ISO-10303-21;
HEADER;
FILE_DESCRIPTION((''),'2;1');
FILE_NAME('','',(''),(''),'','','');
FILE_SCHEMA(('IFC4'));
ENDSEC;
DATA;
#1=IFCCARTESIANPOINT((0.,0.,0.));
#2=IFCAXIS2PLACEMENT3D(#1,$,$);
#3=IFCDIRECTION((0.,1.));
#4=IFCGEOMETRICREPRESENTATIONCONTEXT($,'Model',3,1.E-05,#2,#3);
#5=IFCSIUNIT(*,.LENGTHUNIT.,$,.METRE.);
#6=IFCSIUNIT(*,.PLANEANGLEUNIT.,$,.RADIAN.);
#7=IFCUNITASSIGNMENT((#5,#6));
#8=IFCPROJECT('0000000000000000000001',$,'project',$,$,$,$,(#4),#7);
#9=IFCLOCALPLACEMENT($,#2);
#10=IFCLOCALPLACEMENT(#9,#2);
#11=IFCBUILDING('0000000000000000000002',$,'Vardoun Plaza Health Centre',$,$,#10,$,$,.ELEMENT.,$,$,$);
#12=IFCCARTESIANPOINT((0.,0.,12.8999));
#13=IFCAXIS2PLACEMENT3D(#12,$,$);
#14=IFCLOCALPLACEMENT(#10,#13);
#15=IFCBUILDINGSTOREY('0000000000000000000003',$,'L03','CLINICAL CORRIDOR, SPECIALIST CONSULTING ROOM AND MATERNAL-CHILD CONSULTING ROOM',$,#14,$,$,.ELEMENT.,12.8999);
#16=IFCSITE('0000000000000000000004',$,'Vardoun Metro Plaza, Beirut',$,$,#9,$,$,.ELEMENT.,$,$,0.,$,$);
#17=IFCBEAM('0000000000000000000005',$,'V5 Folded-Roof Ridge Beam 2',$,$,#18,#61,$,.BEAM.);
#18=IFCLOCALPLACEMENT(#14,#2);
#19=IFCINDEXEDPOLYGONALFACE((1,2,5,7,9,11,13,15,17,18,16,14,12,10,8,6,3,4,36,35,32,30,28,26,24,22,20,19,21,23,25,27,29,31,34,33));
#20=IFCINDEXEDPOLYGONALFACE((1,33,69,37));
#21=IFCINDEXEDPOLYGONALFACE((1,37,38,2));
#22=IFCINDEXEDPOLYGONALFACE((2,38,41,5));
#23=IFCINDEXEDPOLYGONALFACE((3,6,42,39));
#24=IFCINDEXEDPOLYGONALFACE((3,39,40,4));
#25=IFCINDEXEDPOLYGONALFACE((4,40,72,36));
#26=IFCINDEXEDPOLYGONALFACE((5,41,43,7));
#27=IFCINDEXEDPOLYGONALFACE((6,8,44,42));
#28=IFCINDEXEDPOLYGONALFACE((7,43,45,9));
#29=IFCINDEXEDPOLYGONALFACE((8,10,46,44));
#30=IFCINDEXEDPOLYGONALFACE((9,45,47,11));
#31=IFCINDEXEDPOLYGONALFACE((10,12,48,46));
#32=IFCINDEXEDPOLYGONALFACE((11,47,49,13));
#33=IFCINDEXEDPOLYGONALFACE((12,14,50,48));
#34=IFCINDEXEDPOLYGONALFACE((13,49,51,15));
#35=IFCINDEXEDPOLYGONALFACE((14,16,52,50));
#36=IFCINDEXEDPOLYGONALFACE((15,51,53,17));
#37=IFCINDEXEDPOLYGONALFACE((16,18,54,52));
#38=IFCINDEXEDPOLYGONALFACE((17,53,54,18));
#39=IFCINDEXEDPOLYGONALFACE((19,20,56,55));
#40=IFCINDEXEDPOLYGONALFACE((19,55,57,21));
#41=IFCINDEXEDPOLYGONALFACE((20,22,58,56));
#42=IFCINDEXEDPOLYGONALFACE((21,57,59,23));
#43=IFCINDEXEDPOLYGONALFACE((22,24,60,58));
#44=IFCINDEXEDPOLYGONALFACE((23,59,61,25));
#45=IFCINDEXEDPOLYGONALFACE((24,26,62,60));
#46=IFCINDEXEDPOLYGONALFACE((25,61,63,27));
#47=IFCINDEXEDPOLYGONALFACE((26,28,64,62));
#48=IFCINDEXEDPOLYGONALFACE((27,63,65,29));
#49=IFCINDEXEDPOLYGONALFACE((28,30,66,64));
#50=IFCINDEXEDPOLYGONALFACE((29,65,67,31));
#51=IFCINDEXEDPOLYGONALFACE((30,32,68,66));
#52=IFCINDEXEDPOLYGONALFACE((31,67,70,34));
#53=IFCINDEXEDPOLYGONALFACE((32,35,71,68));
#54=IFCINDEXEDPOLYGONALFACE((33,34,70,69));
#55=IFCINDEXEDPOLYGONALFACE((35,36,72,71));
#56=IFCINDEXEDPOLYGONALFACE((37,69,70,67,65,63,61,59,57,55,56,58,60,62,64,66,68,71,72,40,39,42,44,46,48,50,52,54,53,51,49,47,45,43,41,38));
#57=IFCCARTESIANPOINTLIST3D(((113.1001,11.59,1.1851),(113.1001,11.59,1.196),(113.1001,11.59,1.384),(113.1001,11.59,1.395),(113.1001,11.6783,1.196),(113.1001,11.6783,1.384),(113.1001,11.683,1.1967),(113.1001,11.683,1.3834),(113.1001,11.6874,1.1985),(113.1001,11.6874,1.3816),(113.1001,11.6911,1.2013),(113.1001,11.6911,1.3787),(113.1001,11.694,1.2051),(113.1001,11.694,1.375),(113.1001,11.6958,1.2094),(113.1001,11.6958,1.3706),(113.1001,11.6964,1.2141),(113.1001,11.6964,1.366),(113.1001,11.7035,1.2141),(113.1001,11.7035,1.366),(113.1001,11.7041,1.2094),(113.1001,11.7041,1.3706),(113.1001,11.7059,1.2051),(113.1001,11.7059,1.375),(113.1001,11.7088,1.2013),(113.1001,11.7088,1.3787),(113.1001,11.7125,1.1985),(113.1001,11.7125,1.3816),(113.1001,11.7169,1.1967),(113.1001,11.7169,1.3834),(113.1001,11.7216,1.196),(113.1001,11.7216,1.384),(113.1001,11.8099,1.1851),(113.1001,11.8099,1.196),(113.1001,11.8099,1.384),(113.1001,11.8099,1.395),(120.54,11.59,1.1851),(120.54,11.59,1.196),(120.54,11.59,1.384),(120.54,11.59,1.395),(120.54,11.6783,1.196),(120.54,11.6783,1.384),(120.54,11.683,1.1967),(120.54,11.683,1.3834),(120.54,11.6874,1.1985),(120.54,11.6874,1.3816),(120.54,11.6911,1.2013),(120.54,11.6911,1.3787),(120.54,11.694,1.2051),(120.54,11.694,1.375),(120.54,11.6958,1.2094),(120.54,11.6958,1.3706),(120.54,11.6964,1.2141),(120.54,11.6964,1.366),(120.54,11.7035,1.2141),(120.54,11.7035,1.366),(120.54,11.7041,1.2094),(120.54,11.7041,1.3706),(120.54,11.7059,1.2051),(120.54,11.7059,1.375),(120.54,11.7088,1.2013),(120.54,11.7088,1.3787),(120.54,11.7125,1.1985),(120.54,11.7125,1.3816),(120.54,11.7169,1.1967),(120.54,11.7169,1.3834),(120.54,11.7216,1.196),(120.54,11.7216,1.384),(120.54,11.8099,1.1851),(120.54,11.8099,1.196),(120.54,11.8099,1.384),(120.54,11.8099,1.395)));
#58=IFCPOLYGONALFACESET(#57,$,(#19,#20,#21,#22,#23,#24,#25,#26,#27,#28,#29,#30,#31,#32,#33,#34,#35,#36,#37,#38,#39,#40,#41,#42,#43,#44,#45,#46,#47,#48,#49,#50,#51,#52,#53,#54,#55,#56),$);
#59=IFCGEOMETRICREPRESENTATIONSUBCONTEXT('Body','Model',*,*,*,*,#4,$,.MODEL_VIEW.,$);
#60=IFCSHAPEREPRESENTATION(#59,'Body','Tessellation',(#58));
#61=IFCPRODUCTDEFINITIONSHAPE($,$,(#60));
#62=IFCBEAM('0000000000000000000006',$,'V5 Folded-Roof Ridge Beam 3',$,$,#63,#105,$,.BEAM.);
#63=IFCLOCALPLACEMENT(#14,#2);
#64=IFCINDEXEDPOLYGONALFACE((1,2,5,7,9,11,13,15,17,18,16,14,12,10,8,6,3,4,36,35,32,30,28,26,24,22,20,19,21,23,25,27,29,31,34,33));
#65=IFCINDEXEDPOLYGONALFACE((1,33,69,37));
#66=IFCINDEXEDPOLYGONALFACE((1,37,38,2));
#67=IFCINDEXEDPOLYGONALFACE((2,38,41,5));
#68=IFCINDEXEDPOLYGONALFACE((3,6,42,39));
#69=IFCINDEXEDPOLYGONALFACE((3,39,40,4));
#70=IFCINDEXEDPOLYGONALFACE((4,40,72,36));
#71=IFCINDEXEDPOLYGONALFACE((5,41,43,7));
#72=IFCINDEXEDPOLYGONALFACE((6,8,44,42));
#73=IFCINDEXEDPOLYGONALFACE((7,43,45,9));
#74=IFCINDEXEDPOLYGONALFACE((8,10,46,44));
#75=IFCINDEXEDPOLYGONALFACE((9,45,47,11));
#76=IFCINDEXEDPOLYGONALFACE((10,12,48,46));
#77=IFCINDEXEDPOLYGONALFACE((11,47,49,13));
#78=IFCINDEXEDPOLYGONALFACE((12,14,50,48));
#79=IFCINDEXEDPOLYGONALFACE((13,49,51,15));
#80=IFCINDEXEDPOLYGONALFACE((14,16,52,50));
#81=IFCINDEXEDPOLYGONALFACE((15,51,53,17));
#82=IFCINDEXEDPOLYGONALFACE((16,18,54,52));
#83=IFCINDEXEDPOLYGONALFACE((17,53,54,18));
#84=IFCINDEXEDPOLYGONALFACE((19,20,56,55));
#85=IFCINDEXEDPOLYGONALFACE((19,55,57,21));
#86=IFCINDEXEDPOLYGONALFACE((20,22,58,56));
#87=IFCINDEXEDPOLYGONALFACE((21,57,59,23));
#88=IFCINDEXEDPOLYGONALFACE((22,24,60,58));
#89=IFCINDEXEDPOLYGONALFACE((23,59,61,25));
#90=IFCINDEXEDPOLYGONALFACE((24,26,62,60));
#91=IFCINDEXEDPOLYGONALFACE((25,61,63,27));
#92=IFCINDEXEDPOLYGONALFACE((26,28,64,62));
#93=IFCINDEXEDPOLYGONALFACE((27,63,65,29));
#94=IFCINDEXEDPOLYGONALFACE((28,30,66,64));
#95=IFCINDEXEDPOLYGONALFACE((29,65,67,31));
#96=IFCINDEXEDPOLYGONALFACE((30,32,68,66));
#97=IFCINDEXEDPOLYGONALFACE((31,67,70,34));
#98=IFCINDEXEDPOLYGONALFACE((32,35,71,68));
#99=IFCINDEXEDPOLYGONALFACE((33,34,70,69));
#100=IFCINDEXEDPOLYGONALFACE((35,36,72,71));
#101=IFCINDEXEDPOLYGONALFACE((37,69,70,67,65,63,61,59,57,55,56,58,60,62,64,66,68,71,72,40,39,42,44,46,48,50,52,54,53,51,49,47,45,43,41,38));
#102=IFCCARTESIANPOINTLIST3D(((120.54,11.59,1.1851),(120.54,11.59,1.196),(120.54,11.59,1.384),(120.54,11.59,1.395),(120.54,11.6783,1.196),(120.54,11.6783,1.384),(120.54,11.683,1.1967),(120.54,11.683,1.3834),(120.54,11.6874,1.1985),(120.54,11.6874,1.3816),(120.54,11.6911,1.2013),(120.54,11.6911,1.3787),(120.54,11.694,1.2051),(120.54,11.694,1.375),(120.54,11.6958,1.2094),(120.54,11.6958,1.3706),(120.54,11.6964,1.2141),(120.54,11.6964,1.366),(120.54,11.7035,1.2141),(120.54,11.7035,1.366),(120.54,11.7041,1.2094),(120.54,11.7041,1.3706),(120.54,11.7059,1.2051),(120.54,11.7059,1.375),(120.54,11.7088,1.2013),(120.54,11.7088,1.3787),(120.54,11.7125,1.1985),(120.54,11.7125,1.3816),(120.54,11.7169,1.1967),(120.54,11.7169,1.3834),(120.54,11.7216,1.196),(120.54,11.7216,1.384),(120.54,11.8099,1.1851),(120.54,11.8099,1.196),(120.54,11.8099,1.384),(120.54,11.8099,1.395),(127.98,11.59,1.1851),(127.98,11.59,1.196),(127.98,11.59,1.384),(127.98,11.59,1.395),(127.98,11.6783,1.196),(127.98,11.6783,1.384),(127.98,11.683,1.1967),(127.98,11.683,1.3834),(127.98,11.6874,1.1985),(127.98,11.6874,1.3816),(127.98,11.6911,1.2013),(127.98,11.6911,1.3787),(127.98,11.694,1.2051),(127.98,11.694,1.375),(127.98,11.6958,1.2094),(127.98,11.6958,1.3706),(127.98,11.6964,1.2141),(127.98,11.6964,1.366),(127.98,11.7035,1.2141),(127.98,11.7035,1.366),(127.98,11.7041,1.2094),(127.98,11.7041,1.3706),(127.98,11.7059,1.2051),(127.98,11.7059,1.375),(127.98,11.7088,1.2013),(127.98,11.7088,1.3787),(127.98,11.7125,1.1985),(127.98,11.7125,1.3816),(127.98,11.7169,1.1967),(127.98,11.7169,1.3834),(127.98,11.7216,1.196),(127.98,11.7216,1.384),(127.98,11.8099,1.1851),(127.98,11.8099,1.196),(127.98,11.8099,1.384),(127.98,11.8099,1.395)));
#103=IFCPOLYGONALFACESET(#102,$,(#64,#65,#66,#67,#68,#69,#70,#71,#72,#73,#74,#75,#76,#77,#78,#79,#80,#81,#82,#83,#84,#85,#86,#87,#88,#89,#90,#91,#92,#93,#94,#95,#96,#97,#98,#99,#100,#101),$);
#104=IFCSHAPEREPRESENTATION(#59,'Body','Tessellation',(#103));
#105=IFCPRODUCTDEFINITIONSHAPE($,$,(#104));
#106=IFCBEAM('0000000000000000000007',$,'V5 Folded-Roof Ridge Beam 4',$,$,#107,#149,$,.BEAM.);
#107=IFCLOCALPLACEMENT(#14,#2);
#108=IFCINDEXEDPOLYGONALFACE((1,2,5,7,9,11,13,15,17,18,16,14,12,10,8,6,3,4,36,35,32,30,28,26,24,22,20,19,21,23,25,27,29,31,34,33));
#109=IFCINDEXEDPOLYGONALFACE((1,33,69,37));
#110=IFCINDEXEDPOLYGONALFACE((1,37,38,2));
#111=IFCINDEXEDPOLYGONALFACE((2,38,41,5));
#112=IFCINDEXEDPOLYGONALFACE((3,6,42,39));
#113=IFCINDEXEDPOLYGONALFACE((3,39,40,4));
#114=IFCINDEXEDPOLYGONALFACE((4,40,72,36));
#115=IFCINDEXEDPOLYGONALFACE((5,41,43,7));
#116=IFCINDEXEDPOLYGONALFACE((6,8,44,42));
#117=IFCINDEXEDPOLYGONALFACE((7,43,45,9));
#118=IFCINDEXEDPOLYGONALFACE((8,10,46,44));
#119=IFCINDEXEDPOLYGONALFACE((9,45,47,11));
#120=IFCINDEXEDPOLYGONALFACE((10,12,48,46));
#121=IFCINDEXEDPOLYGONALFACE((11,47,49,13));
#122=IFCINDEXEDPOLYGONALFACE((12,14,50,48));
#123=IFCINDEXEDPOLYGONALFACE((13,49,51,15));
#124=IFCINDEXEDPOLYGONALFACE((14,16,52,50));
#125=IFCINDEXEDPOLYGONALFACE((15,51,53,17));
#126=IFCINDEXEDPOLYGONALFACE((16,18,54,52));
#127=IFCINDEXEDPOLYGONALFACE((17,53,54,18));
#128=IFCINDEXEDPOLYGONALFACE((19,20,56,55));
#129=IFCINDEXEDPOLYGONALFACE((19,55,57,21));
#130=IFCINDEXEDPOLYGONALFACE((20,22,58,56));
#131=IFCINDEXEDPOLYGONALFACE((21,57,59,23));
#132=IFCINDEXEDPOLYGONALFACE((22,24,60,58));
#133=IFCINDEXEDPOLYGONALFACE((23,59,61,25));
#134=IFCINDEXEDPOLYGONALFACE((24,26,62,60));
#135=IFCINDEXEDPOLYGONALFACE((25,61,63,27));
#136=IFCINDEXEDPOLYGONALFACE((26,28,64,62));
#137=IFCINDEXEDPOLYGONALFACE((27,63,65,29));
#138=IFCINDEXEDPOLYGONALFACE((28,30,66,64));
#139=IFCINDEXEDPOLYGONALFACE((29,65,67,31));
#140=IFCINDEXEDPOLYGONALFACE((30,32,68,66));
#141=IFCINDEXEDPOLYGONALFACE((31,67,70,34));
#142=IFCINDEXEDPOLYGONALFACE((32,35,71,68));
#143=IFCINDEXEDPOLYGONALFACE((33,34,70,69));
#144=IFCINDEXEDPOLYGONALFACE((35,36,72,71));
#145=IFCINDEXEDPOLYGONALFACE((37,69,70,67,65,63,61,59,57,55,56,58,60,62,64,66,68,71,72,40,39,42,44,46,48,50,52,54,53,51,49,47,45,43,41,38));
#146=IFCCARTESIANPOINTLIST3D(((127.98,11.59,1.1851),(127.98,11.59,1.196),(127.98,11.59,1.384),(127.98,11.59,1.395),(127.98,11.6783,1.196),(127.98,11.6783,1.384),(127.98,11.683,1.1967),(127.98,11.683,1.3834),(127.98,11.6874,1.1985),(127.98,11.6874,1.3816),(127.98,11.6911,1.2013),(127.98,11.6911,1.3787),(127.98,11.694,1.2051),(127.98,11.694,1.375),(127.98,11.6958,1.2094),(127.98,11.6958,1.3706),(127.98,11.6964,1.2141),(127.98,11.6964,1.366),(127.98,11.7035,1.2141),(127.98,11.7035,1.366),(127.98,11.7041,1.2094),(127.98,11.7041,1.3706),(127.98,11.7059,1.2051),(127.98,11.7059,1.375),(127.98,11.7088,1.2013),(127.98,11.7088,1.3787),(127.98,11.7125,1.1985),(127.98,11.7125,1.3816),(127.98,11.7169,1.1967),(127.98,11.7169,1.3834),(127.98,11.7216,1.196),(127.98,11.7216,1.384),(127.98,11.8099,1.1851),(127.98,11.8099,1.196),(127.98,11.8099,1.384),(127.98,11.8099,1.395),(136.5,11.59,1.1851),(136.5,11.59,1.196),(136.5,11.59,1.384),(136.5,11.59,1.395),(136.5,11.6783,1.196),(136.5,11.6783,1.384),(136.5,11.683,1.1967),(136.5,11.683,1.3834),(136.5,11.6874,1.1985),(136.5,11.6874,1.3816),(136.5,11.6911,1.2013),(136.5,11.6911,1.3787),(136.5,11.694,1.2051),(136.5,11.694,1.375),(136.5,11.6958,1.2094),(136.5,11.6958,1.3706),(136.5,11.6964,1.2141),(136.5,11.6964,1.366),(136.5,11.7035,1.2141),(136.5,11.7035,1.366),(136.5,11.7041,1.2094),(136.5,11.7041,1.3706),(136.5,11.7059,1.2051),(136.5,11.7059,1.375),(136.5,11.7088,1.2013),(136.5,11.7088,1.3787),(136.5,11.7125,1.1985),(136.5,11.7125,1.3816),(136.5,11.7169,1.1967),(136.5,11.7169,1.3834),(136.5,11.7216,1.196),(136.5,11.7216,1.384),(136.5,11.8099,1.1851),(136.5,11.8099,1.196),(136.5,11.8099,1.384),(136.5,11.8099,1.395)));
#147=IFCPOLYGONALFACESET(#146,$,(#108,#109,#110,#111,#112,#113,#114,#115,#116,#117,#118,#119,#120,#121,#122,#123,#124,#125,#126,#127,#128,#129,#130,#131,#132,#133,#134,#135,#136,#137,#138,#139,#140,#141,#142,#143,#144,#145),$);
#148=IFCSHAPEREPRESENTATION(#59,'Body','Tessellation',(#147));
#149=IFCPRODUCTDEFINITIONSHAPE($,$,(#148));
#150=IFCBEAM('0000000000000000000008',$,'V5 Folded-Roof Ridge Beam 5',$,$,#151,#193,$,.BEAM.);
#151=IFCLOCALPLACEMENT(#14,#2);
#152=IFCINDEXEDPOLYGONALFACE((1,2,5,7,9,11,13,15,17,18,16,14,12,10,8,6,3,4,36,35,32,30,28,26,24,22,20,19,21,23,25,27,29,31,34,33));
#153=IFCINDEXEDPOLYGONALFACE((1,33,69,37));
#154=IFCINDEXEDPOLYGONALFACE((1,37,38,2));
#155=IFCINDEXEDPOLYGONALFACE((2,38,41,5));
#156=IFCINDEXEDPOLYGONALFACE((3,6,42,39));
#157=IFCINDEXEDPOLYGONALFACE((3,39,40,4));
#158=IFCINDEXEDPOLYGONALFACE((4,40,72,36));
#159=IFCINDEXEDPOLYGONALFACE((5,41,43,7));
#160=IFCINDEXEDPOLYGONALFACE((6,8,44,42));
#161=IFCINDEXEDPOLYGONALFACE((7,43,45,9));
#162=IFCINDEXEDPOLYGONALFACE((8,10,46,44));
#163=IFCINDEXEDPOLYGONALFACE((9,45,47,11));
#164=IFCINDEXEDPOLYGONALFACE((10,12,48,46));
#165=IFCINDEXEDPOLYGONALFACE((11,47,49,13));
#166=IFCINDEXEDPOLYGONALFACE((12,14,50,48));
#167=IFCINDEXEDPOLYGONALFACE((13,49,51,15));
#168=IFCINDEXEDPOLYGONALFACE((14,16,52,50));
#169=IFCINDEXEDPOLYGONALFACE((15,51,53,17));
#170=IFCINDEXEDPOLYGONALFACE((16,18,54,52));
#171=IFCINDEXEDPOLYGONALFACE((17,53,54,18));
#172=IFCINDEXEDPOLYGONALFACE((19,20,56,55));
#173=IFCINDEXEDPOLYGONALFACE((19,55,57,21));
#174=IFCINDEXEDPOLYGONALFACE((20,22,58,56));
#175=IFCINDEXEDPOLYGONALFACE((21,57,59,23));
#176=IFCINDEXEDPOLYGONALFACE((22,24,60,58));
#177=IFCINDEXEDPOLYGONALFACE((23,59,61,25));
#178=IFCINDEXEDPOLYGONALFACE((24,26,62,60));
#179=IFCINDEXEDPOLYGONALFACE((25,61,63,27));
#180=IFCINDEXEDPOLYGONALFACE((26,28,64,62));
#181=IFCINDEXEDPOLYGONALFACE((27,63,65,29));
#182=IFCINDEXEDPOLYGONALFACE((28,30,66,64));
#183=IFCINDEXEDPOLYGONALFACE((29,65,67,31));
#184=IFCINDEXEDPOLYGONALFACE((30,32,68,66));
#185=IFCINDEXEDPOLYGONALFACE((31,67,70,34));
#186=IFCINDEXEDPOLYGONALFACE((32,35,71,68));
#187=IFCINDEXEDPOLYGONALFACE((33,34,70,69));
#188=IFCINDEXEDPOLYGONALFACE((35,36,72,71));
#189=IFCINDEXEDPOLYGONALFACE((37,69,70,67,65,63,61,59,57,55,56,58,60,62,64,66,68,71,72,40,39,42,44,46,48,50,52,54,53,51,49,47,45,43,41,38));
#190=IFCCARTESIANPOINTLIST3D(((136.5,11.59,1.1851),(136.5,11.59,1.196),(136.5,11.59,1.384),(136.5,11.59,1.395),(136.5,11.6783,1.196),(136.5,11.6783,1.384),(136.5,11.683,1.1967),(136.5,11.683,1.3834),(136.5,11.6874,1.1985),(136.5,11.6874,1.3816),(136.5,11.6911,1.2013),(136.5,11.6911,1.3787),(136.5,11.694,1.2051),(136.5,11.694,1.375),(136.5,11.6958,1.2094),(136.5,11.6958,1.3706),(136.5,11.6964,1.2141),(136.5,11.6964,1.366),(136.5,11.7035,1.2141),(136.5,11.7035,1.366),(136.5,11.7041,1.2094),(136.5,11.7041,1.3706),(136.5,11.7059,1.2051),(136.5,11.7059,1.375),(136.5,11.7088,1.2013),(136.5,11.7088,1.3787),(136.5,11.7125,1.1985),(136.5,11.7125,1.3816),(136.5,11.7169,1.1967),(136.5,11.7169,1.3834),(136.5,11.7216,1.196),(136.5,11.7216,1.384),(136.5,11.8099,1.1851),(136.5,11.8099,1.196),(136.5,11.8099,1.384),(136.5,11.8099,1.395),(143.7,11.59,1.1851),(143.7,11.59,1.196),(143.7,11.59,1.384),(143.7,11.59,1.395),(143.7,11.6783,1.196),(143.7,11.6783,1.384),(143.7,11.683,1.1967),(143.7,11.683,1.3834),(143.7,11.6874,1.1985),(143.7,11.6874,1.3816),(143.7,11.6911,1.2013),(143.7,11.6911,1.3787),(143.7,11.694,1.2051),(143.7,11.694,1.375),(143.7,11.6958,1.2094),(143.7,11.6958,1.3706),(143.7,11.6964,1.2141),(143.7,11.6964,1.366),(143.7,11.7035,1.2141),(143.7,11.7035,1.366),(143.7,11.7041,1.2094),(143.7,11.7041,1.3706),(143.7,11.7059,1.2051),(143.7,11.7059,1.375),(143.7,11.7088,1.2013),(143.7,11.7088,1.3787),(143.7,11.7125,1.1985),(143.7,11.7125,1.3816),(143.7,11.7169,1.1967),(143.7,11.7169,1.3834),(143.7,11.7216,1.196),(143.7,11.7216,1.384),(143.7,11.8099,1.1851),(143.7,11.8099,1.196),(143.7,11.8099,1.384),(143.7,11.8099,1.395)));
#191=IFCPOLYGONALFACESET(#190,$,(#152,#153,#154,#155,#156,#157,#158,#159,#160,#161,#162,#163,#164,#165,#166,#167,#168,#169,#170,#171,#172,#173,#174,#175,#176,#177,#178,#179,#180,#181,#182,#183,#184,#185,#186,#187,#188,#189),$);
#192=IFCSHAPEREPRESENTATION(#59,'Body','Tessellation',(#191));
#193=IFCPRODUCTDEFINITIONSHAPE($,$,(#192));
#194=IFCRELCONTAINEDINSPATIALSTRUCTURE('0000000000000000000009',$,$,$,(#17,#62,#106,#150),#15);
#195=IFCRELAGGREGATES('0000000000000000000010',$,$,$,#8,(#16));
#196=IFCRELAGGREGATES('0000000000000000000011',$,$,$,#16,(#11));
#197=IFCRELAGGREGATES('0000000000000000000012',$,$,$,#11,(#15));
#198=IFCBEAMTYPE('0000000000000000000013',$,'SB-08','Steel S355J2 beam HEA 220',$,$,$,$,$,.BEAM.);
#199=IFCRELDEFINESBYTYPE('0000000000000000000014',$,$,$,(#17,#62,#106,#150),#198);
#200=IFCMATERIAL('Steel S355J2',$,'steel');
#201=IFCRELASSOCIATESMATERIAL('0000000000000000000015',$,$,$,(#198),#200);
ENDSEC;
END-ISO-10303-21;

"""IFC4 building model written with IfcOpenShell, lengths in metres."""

from ifc_helpers import new_model, si_unit, direction, frame, origin, origin_2d, place, context, subcontext, project, spatial, i_section, extrude, material, material_profile, profile_set, type_object, element, save


model = new_model("IFC4")

# Units and contexts
model_context = context("Model", 3, precision=1e-05, world=origin(), true_north=direction((0.0, 1.0)))
body_context = subcontext(model_context, "Body", "Model", "MODEL_VIEW")
ifc_project = project(units=[si_unit("LENGTHUNIT", "METRE"), si_unit("PLANEANGLEUNIT", "RADIAN")], contexts=[model_context])

# Site, building, storey
site_placement = place(None, origin())
site = spatial("IfcSite", under=ifc_project, at=site_placement, Name="Vardoun Metro Plaza, Beirut", CompositionType="ELEMENT", RefElevation=0.0)
building_placement = place(site_placement, origin())
building = spatial("IfcBuilding", under=site, at=building_placement, Name="Vardoun Plaza Health Centre", CompositionType="ELEMENT")
storey_placement = place(building_placement, frame((0.0, 0.0, 12.8999)))
storey = spatial("IfcBuildingStorey", under=building, at=storey_placement, Name="L03", Description="CLINICAL CORRIDOR, SPECIALIST CONSULTING ROOM AND MATERNAL-CHILD CONSULTING ROOM", CompositionType="ELEMENT", Elevation=12.8999)

# Beams
ifc_material_1 = material(Name="Steel S355J2", Category="steel")
ifc_material_profile_1 = material_profile(ifc_material_1, i_section(OverallWidth=0.22, OverallDepth=0.21, WebThickness=0.0071, FlangeThickness=0.011, FilletRadius=0.0181, at=origin_2d()), Name="HEA 220")
ifc_profile_set_1 = profile_set([ifc_material_profile_1], Name="Steel S355J2")
beam_type_1 = type_object("IfcBeamType", Name="SB-08", Description="Steel S355J2 beam HEA 220", PredefinedType="BEAM", material=ifc_profile_set_1)
for number, where, z_axis, x_axis, name in (
    (1, (113.1001, 11.7, 1.29), (1.0, 0.0, 0.0), (0.0, 1.0, 0.0), "V5 Folded-Roof Ridge Beam 2"),
    (2, (120.54, 11.7, 1.29), (1.0, 0.0, 0.0), (0.0, 1.0, 0.0), "V5 Folded-Roof Ridge Beam 3"),
):
    element("IfcBeam", number, at=place(storey_placement, frame(where, z_axis=z_axis, x_axis=x_axis)), inside=storey, type_object=beam_type_1, Name=name, PredefinedType="BEAM", context=body_context, shape_type="SweptSolid", body=[
        extrude(i_section(OverallWidth=0.22, OverallDepth=0.21, WebThickness=0.0071, FlangeThickness=0.011, FilletRadius=0.0181, at=origin_2d()), origin(), (0.0, 0.0, 1.0), 7.4399),
    ])
beam_1_placement = place(storey_placement, frame((127.98, 11.7, 1.29), z_axis=(1.0, 0.0, 0.0), x_axis=(0.0, 1.0, 0.0)))
element("IfcBeam", 3, at=beam_1_placement, inside=storey, type_object=beam_type_1, Name="V5 Folded-Roof Ridge Beam 4", PredefinedType="BEAM", context=body_context, shape_type="SweptSolid", body=[
    extrude(i_section(OverallWidth=0.22, OverallDepth=0.21, WebThickness=0.0071, FlangeThickness=0.011, FilletRadius=0.0181, at=origin_2d()), origin(), (0.0, 0.0, 1.0), 8.52),
])
for number, where, z_axis, x_axis, name in (
    (4, (136.5, 11.7, 1.29), (1.0, 0.0, 0.0), (0.0, 1.0, 0.0), "V5 Folded-Roof Ridge Beam 5"),
):
    element("IfcBeam", number, at=place(storey_placement, frame(where, z_axis=z_axis, x_axis=x_axis)), inside=storey, type_object=beam_type_1, Name=name, PredefinedType="BEAM", context=body_context, shape_type="SweptSolid", body=[
        extrude(i_section(OverallWidth=0.22, OverallDepth=0.21, WebThickness=0.0071, FlangeThickness=0.011, FilletRadius=0.0181, at=origin_2d()), origin(), (0.0, 0.0, 1.0), 7.2),
    ])

save(model, "model.ifc")
